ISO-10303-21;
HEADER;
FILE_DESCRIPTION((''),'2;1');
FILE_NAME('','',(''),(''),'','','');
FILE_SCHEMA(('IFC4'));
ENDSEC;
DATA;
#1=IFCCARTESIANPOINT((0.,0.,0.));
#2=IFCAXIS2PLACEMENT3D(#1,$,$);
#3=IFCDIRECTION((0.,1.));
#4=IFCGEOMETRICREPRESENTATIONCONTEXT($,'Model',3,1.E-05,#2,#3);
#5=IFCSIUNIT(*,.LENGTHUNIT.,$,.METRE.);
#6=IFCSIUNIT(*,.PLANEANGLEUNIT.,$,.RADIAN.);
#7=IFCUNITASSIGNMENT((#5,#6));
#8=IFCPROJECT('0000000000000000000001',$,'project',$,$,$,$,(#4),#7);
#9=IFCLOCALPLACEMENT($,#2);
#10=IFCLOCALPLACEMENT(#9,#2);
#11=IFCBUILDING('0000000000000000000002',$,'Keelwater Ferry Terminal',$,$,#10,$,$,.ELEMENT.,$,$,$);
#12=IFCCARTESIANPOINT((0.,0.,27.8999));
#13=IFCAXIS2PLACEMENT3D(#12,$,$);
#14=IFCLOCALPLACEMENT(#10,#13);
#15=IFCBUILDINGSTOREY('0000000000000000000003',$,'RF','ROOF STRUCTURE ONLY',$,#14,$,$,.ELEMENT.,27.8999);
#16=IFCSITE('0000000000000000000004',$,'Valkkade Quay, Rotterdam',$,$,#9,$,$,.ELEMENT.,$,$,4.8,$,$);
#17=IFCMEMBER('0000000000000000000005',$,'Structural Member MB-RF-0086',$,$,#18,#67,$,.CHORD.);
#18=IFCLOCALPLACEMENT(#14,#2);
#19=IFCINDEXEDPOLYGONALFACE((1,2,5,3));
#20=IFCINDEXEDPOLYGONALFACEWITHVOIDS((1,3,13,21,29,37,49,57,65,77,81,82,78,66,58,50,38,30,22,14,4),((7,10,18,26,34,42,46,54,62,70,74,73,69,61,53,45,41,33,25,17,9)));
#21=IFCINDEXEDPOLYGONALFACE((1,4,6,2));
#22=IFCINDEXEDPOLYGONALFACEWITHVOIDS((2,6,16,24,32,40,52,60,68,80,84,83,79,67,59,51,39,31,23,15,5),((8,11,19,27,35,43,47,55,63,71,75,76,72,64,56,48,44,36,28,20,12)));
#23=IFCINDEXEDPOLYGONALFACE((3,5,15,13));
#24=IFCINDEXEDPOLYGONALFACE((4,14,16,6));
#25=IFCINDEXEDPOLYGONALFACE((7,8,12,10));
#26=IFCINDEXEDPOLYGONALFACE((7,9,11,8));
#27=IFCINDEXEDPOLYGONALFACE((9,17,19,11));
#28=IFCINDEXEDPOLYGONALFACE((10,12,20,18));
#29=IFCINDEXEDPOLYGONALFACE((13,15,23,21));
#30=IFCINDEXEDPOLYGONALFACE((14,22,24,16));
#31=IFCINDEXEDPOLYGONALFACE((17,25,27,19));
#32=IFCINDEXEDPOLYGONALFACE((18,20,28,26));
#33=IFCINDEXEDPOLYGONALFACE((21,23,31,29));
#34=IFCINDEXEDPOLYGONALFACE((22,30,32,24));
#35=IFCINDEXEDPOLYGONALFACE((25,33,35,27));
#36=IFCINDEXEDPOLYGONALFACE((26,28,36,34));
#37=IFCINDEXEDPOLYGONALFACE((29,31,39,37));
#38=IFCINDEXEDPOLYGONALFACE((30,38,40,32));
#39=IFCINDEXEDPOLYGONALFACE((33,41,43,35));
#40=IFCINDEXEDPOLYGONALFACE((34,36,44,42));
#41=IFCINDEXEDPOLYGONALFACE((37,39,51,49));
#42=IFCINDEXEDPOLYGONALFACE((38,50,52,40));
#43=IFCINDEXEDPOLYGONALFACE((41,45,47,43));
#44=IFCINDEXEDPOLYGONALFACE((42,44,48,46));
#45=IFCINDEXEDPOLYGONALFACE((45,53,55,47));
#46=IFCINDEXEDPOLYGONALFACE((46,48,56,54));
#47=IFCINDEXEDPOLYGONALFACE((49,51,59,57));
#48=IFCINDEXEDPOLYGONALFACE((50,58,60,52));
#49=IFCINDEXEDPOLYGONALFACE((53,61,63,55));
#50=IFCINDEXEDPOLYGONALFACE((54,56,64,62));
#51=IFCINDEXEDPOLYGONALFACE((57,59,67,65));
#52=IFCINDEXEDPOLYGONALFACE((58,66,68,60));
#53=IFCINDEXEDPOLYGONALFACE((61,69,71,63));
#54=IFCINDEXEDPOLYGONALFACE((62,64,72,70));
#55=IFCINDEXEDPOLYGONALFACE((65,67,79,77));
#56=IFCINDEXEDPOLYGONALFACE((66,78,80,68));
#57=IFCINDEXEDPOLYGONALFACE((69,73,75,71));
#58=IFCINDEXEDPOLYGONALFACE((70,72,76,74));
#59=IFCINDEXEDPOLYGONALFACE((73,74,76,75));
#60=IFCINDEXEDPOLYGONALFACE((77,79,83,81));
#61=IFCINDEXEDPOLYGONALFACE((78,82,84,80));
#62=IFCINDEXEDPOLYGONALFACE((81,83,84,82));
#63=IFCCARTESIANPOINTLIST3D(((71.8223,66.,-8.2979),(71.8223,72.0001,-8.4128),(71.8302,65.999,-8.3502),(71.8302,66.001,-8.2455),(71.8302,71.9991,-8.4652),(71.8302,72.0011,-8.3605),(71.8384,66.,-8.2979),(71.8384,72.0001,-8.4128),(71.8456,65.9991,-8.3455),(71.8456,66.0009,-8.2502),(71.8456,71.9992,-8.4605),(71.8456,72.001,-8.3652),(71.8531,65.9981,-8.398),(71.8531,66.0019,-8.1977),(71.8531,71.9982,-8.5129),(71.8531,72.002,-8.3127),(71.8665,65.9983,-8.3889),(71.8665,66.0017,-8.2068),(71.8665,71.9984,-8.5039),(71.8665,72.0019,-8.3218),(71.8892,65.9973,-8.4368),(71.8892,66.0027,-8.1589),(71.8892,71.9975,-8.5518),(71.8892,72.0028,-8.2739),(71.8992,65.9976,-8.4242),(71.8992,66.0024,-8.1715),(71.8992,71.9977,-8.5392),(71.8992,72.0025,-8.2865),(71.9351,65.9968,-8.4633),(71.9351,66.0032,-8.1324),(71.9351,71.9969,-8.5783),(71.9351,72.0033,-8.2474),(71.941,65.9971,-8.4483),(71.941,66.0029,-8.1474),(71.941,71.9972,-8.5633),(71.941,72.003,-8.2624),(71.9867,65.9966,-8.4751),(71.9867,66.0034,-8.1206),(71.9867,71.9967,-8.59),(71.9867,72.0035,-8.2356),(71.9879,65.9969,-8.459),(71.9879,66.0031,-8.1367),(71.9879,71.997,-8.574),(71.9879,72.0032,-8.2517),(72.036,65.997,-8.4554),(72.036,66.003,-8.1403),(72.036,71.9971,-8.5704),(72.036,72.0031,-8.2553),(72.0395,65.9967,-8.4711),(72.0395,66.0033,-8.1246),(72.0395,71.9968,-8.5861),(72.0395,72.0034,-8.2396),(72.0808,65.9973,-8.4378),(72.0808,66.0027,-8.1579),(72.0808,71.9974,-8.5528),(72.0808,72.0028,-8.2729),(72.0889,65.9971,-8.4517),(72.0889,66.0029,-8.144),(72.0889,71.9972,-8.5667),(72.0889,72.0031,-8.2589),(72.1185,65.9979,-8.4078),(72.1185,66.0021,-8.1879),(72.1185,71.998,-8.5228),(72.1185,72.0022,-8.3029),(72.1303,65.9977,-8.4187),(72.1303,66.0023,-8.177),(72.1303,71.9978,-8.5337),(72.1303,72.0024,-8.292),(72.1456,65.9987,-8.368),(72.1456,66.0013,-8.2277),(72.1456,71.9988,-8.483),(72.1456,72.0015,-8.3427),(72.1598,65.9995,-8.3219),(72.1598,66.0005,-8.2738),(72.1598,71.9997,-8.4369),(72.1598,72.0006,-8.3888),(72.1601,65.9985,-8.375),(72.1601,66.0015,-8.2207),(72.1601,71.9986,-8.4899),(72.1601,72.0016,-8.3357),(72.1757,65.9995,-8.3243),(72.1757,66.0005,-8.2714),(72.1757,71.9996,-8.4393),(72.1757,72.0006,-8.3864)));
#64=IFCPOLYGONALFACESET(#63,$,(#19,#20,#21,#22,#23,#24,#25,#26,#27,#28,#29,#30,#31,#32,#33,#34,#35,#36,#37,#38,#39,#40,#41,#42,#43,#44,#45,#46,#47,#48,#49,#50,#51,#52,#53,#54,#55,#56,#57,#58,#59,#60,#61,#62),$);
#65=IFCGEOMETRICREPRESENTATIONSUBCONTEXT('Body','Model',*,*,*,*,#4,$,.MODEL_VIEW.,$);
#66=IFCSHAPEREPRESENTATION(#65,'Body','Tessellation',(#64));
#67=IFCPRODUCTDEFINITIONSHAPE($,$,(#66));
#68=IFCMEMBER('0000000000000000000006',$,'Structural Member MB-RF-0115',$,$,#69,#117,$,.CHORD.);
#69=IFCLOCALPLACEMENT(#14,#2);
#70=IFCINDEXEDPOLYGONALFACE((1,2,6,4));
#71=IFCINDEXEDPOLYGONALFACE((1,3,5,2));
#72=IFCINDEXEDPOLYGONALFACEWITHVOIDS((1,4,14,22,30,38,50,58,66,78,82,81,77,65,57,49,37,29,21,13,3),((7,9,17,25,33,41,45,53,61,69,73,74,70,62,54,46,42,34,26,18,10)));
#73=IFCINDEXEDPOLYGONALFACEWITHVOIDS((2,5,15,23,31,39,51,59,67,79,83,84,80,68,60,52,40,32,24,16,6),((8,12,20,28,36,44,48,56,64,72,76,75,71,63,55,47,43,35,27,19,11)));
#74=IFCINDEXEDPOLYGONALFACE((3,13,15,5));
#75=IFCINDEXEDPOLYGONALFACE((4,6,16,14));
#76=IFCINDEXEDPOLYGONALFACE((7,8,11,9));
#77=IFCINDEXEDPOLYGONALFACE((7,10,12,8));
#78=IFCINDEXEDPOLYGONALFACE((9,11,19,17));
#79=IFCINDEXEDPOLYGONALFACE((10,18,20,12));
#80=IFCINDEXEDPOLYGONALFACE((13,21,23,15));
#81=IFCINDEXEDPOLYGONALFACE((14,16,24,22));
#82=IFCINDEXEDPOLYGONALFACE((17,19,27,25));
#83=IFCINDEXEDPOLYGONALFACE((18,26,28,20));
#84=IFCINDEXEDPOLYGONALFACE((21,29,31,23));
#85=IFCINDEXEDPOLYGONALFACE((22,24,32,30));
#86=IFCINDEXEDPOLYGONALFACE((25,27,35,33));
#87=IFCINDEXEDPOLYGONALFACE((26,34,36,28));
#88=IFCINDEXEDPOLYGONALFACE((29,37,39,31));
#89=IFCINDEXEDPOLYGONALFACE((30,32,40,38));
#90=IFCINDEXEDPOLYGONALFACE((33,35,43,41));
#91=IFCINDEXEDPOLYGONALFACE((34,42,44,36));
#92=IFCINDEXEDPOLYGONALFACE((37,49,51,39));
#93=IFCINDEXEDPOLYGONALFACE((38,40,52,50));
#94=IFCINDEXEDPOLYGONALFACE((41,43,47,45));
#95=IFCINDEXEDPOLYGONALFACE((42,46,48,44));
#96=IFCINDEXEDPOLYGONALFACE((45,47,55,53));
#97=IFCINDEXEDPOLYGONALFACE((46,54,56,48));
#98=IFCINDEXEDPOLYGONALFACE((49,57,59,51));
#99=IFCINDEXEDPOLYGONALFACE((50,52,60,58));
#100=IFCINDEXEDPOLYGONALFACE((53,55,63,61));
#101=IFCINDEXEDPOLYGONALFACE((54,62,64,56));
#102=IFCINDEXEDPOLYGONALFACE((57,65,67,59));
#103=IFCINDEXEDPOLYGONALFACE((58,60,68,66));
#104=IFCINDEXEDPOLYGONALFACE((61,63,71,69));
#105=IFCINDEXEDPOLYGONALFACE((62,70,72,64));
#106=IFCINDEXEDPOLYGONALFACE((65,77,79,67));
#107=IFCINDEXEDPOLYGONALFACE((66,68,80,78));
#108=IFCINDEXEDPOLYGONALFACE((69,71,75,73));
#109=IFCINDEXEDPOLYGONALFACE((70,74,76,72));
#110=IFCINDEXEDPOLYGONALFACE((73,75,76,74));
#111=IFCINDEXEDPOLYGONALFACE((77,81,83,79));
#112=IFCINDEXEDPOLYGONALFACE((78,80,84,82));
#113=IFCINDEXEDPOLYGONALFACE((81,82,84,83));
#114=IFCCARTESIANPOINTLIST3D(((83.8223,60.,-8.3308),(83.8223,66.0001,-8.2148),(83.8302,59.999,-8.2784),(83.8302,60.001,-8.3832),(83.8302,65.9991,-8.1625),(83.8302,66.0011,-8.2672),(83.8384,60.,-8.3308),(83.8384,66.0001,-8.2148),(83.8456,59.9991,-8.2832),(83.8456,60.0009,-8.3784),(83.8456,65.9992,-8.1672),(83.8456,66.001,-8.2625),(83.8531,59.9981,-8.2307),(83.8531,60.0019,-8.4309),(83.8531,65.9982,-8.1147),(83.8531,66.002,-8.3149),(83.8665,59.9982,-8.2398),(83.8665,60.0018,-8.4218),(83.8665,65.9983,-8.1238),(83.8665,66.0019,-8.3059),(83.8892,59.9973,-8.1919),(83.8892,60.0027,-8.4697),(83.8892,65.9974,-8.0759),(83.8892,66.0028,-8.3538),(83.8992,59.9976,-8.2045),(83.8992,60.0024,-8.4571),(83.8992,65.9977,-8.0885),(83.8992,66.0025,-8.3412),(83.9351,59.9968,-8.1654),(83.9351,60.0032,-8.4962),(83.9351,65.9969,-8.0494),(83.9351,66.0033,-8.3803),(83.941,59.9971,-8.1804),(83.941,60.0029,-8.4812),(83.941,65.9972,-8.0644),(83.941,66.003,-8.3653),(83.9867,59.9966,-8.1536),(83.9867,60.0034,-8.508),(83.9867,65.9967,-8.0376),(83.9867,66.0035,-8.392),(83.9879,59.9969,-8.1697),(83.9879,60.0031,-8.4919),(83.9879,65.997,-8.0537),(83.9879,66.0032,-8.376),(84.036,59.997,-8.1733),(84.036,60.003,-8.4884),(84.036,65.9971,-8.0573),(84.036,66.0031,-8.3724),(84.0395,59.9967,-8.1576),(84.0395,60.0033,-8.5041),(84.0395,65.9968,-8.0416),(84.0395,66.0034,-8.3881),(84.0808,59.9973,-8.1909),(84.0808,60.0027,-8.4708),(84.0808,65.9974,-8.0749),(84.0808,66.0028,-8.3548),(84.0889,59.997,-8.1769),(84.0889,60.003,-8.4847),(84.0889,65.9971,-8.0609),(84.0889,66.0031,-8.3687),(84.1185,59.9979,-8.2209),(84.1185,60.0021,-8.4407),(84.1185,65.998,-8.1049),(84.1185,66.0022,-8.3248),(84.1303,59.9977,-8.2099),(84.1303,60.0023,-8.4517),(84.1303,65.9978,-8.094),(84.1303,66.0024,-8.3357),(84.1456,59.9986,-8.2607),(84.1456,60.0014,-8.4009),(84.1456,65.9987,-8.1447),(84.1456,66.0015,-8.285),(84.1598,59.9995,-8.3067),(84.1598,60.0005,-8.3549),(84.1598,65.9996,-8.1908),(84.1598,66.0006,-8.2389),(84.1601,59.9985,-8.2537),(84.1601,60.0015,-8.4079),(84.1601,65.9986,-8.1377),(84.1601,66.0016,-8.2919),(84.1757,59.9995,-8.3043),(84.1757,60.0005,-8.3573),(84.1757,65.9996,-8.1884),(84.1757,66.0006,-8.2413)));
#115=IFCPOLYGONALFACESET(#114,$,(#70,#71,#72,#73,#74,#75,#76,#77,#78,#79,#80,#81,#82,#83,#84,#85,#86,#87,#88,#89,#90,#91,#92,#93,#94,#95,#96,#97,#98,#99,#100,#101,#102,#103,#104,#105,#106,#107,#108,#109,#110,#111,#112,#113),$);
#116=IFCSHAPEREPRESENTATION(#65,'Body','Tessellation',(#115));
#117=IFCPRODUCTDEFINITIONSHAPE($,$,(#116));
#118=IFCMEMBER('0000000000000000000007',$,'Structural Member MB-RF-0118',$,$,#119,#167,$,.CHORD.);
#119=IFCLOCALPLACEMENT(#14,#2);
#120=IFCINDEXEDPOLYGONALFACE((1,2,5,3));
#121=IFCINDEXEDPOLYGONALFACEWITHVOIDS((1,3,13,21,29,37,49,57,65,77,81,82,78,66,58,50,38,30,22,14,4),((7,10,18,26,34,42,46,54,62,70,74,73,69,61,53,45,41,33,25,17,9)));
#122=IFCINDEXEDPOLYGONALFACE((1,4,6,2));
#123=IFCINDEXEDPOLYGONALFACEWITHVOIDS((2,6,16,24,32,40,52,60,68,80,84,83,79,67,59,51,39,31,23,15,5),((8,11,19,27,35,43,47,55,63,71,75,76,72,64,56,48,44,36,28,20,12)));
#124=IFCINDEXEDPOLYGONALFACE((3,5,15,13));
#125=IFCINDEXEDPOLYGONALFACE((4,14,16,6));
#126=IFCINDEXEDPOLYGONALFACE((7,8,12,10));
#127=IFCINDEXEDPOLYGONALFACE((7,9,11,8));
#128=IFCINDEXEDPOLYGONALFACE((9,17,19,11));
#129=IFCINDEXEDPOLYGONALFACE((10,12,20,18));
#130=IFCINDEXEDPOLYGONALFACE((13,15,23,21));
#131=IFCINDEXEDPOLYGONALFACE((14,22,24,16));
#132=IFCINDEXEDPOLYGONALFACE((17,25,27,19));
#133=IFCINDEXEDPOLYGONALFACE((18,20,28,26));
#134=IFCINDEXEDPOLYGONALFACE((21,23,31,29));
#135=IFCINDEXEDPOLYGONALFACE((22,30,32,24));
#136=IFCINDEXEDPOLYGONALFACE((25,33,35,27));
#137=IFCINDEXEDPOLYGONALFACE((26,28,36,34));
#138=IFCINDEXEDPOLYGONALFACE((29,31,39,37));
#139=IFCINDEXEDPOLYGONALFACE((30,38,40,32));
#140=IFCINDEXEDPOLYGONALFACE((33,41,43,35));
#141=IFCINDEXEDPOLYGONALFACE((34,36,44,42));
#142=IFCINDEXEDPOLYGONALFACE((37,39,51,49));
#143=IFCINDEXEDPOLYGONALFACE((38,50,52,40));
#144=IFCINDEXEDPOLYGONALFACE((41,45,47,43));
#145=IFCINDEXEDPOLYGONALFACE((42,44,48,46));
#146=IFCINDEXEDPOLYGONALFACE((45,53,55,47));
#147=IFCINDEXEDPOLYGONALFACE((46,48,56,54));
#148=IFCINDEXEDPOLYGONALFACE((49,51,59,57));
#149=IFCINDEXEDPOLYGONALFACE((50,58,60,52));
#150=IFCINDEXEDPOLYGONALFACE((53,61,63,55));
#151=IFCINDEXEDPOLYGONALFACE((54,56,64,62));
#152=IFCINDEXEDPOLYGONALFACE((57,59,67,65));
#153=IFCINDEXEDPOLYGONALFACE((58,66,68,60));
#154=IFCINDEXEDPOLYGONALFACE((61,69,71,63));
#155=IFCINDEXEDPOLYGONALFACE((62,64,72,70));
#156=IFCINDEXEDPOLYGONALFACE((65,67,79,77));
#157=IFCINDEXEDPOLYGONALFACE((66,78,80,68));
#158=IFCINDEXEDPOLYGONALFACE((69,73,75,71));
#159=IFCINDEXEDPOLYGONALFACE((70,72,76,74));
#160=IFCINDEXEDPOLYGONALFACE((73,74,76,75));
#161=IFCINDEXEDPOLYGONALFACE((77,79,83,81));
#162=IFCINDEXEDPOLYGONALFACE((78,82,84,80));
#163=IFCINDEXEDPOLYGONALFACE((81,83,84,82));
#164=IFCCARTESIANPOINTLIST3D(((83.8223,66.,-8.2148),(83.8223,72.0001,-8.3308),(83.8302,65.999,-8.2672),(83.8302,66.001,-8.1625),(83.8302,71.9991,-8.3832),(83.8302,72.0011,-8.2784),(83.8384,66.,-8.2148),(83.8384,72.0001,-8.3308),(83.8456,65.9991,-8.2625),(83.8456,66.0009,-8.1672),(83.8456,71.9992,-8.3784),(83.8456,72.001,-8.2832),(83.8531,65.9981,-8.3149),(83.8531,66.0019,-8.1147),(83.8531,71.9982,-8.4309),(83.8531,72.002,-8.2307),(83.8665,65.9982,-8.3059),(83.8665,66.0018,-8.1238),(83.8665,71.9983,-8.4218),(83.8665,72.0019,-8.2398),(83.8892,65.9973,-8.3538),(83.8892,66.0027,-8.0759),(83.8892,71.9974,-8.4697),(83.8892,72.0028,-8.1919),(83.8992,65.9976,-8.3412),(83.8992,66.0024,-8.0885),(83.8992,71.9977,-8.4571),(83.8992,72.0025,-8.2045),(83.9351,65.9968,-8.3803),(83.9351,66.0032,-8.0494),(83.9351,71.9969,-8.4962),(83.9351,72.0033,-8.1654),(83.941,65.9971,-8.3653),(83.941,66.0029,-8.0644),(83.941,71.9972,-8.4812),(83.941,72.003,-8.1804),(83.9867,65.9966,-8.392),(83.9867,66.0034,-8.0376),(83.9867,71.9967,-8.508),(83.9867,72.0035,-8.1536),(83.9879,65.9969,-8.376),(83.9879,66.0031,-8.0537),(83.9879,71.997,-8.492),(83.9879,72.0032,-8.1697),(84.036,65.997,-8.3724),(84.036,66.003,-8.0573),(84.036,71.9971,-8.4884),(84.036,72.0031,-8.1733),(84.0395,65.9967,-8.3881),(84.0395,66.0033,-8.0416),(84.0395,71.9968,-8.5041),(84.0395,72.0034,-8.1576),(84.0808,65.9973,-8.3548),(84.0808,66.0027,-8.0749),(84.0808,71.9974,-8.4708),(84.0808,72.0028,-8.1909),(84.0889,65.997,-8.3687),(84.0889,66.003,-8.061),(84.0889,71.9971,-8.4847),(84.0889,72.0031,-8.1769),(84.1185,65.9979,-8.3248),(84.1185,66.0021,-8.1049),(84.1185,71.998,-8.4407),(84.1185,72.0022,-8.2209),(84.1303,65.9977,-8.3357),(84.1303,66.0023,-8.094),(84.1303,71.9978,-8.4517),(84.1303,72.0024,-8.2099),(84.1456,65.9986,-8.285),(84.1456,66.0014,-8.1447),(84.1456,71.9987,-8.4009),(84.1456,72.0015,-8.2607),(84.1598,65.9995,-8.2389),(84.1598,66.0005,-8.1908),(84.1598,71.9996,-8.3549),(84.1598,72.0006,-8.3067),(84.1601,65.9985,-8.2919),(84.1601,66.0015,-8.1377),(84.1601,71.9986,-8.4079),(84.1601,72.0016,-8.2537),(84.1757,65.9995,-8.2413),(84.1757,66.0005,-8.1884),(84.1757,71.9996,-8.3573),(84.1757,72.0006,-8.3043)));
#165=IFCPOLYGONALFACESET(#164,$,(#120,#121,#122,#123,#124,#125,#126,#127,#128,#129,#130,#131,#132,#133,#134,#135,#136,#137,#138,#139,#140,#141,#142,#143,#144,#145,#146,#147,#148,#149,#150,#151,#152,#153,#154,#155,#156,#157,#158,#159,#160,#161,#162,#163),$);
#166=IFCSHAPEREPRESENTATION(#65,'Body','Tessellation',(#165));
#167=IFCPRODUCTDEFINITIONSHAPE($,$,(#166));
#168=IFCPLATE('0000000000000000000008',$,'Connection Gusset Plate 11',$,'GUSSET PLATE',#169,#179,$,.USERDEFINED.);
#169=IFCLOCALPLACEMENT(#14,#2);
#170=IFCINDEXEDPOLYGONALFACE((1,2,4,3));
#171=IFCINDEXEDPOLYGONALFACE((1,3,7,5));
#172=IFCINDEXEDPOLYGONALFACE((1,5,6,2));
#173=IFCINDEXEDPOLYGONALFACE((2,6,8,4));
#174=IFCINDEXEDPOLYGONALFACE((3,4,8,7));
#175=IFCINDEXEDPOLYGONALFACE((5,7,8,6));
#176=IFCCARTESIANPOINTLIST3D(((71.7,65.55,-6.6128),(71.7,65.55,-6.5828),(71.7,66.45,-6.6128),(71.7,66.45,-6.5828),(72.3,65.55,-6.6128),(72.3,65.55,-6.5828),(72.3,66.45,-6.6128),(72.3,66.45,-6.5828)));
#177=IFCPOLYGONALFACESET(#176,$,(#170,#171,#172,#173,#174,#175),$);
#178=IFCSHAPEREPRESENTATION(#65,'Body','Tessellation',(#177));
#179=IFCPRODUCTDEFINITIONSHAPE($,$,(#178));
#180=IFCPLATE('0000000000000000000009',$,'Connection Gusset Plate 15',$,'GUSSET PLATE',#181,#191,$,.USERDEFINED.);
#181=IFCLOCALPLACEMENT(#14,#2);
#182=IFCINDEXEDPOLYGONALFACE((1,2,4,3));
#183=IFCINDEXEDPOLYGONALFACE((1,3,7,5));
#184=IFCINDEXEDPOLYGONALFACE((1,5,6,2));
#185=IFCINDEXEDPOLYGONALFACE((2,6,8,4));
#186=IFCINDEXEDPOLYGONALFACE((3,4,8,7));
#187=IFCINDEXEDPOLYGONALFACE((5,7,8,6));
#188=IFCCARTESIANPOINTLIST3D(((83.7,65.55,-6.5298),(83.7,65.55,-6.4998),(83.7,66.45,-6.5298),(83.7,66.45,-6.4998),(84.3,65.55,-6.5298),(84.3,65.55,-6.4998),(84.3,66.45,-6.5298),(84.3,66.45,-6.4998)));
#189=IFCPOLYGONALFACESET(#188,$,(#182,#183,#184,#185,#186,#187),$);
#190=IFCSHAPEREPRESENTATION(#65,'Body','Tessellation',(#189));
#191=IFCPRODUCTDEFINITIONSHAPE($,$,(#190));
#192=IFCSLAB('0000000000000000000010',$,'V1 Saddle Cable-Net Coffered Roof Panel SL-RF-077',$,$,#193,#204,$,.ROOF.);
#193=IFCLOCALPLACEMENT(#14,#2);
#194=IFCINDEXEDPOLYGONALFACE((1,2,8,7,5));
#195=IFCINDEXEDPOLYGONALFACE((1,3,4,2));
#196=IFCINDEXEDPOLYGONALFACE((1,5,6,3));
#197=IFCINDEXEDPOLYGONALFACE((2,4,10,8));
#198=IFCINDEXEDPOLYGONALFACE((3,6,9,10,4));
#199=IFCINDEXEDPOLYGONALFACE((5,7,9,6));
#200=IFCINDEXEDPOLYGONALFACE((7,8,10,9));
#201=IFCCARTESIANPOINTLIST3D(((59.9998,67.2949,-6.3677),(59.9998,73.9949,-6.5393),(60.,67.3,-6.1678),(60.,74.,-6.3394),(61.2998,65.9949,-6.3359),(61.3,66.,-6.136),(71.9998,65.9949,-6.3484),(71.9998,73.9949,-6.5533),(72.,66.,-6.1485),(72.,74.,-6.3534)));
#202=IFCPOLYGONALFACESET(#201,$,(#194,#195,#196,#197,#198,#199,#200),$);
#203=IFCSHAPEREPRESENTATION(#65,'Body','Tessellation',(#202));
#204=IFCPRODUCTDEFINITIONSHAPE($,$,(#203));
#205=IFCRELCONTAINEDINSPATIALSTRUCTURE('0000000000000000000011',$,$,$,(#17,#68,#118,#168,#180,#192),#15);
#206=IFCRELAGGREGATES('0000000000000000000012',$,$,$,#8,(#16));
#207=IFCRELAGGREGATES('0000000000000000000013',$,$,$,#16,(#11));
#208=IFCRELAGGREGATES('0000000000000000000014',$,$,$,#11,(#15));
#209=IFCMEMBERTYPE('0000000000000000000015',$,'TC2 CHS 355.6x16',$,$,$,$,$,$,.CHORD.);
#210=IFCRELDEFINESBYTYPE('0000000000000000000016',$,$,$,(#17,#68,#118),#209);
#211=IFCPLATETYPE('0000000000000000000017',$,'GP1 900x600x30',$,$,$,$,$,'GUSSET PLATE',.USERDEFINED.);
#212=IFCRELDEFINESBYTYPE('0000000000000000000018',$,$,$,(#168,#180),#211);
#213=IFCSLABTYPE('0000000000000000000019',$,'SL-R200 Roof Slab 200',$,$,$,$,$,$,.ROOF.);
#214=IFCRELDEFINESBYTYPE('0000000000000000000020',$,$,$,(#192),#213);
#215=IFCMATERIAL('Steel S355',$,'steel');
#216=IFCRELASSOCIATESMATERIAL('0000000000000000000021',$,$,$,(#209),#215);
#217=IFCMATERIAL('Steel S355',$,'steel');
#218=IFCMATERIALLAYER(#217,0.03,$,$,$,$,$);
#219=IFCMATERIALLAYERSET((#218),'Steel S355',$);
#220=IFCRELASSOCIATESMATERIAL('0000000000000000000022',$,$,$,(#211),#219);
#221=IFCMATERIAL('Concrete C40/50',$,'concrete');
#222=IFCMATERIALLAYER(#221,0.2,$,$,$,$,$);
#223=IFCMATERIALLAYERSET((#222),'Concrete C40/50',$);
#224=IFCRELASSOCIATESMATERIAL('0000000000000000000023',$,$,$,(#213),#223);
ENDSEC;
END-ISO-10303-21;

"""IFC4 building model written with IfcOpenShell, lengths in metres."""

from ifc_helpers import new_model, si_unit, direction, frame, origin, origin_with_axes, origin_2d, place, context, subcontext, project, spatial, polyline, rectangle, hollow_circle, outline, extrude, material, layer, layer_set, material_profile, profile_set, type_object, element, save


model = new_model("IFC4")

# Units and contexts
model_context = context("Model", 3, precision=1e-05, world=origin(), true_north=direction((0.0, 1.0)))
body_context = subcontext(model_context, "Body", "Model", "MODEL_VIEW")
ifc_project = project(units=[si_unit("LENGTHUNIT", "METRE"), si_unit("PLANEANGLEUNIT", "RADIAN")], contexts=[model_context])

# Site, building, storey
site_placement = place(None, origin())
site = spatial("IfcSite", under=ifc_project, at=site_placement, Name="Valkkade Quay, Rotterdam", CompositionType="ELEMENT", RefElevation=4.8)
building_placement = place(site_placement, origin())
building = spatial("IfcBuilding", under=site, at=building_placement, Name="Keelwater Ferry Terminal", CompositionType="ELEMENT")
storey_placement = place(building_placement, frame((0.0, 0.0, 27.8999)))
storey = spatial("IfcBuildingStorey", under=building, at=storey_placement, Name="RF", Description="ROOF STRUCTURE ONLY", CompositionType="ELEMENT", Elevation=27.8999)

# Members
ifc_material_1 = material(Name="Steel S355", Category="steel")
ifc_material_profile_1 = material_profile(ifc_material_1, hollow_circle(Radius=0.1777, WallThickness=0.0161, at=origin_2d()), Name="CHS 355.6x16")
ifc_profile_set_1 = profile_set([ifc_material_profile_1], Name="Steel S355")
member_type_1 = type_object("IfcMemberType", Name="TC2 CHS 355.6x16", PredefinedType="CHORD", material=ifc_profile_set_1)
for number, where, z_axis, x_axis, name in (
    (1, (72.0, 66.0, -8.2979), (0.0, 0.999816, -0.019162), (-1.0, 0.0, 0.0), "Structural Member MB-RF-0086"),
    (2, (84.0, 60.0, -8.3308), (0.0, 0.999813, 0.019324), (-1.0, 0.0, 0.0), "Structural Member MB-RF-0115"),
    (3, (84.0, 66.0, -8.2148), (0.0, 0.999813, -0.019324), (-1.0, 0.0, 0.0), "Structural Member MB-RF-0118"),
):
    element("IfcMember", number, at=place(storey_placement, frame(where, z_axis=z_axis, x_axis=x_axis)), inside=storey, type_object=member_type_1, Name=name, PredefinedType="CHORD", context=body_context, shape_type="SweptSolid", body=[
        extrude(hollow_circle(Radius=0.1777, WallThickness=0.0161, at=origin_2d()), origin(), (0.0, 0.0, 1.0), 6.0012),
    ])

# Plates
ifc_material_2 = material(Name="Steel S355", Category="steel")
ifc_layer_1 = layer(ifc_material_2, 0.03)
ifc_layer_set_1 = layer_set([ifc_layer_1], Name="Steel S355")
plate_type = type_object("IfcPlateType", Name="GP1 900x600x30", ElementType="GUSSET PLATE", PredefinedType="USERDEFINED", material=ifc_layer_set_1)
for number, where, z_axis, x_axis, name in (
    (4, (72.0, 66.0, -6.6128), (0.0, 0.0, 1.0), (0.0, 1.0, 0.0), "Connection Gusset Plate 11"),
    (5, (84.0, 66.0, -6.5298), (0.0, 0.0, 1.0), (0.0, 1.0, 0.0), "Connection Gusset Plate 15"),
):
    element("IfcPlate", number, at=place(storey_placement, frame(where, z_axis=z_axis, x_axis=x_axis)), inside=storey, type_object=plate_type, Name=name, ObjectType="GUSSET PLATE", PredefinedType="USERDEFINED", context=body_context, shape_type="SweptSolid", body=[
        extrude(rectangle(XDim=0.8999, YDim=0.6001, at=origin_2d()), origin(), (0.0, 0.0, 1.0), 0.03),
    ])

# Slab
ifc_material_3 = material(Name="Concrete C40/50", Category="concrete")
ifc_layer_2 = layer(ifc_material_3, 0.2)
ifc_layer_set_2 = layer_set([ifc_layer_2], Name="Concrete C40/50")
slab_type = type_object("IfcSlabType", Name="SL-R200 Roof Slab 200", PredefinedType="ROOF", material=ifc_layer_set_2)
slab_1_placement = place(storey_placement, frame((61.2998, 65.9949, -6.3359), z_axis=(0.001166, 0.025602, 0.999672), x_axis=(0.999999, -0.00003, -0.001165)))
element("IfcSlab", 6, at=slab_1_placement, inside=storey, type_object=slab_type, Name="V1 Saddle Cable-Net Coffered Roof Panel SL-RF-077", PredefinedType="ROOF", context=body_context, shape_type="SweptSolid", body=[
    extrude(outline(polyline([(0.0, 0.0), (10.7, 0.0003), (10.7, 8.0029), (-1.3, 8.0026), (-1.3, 1.3004), (0.0, 0.0)])), origin_with_axes(), (0.0, 0.0, 1.0), 0.2),
])

save(model, "model.ifc")
